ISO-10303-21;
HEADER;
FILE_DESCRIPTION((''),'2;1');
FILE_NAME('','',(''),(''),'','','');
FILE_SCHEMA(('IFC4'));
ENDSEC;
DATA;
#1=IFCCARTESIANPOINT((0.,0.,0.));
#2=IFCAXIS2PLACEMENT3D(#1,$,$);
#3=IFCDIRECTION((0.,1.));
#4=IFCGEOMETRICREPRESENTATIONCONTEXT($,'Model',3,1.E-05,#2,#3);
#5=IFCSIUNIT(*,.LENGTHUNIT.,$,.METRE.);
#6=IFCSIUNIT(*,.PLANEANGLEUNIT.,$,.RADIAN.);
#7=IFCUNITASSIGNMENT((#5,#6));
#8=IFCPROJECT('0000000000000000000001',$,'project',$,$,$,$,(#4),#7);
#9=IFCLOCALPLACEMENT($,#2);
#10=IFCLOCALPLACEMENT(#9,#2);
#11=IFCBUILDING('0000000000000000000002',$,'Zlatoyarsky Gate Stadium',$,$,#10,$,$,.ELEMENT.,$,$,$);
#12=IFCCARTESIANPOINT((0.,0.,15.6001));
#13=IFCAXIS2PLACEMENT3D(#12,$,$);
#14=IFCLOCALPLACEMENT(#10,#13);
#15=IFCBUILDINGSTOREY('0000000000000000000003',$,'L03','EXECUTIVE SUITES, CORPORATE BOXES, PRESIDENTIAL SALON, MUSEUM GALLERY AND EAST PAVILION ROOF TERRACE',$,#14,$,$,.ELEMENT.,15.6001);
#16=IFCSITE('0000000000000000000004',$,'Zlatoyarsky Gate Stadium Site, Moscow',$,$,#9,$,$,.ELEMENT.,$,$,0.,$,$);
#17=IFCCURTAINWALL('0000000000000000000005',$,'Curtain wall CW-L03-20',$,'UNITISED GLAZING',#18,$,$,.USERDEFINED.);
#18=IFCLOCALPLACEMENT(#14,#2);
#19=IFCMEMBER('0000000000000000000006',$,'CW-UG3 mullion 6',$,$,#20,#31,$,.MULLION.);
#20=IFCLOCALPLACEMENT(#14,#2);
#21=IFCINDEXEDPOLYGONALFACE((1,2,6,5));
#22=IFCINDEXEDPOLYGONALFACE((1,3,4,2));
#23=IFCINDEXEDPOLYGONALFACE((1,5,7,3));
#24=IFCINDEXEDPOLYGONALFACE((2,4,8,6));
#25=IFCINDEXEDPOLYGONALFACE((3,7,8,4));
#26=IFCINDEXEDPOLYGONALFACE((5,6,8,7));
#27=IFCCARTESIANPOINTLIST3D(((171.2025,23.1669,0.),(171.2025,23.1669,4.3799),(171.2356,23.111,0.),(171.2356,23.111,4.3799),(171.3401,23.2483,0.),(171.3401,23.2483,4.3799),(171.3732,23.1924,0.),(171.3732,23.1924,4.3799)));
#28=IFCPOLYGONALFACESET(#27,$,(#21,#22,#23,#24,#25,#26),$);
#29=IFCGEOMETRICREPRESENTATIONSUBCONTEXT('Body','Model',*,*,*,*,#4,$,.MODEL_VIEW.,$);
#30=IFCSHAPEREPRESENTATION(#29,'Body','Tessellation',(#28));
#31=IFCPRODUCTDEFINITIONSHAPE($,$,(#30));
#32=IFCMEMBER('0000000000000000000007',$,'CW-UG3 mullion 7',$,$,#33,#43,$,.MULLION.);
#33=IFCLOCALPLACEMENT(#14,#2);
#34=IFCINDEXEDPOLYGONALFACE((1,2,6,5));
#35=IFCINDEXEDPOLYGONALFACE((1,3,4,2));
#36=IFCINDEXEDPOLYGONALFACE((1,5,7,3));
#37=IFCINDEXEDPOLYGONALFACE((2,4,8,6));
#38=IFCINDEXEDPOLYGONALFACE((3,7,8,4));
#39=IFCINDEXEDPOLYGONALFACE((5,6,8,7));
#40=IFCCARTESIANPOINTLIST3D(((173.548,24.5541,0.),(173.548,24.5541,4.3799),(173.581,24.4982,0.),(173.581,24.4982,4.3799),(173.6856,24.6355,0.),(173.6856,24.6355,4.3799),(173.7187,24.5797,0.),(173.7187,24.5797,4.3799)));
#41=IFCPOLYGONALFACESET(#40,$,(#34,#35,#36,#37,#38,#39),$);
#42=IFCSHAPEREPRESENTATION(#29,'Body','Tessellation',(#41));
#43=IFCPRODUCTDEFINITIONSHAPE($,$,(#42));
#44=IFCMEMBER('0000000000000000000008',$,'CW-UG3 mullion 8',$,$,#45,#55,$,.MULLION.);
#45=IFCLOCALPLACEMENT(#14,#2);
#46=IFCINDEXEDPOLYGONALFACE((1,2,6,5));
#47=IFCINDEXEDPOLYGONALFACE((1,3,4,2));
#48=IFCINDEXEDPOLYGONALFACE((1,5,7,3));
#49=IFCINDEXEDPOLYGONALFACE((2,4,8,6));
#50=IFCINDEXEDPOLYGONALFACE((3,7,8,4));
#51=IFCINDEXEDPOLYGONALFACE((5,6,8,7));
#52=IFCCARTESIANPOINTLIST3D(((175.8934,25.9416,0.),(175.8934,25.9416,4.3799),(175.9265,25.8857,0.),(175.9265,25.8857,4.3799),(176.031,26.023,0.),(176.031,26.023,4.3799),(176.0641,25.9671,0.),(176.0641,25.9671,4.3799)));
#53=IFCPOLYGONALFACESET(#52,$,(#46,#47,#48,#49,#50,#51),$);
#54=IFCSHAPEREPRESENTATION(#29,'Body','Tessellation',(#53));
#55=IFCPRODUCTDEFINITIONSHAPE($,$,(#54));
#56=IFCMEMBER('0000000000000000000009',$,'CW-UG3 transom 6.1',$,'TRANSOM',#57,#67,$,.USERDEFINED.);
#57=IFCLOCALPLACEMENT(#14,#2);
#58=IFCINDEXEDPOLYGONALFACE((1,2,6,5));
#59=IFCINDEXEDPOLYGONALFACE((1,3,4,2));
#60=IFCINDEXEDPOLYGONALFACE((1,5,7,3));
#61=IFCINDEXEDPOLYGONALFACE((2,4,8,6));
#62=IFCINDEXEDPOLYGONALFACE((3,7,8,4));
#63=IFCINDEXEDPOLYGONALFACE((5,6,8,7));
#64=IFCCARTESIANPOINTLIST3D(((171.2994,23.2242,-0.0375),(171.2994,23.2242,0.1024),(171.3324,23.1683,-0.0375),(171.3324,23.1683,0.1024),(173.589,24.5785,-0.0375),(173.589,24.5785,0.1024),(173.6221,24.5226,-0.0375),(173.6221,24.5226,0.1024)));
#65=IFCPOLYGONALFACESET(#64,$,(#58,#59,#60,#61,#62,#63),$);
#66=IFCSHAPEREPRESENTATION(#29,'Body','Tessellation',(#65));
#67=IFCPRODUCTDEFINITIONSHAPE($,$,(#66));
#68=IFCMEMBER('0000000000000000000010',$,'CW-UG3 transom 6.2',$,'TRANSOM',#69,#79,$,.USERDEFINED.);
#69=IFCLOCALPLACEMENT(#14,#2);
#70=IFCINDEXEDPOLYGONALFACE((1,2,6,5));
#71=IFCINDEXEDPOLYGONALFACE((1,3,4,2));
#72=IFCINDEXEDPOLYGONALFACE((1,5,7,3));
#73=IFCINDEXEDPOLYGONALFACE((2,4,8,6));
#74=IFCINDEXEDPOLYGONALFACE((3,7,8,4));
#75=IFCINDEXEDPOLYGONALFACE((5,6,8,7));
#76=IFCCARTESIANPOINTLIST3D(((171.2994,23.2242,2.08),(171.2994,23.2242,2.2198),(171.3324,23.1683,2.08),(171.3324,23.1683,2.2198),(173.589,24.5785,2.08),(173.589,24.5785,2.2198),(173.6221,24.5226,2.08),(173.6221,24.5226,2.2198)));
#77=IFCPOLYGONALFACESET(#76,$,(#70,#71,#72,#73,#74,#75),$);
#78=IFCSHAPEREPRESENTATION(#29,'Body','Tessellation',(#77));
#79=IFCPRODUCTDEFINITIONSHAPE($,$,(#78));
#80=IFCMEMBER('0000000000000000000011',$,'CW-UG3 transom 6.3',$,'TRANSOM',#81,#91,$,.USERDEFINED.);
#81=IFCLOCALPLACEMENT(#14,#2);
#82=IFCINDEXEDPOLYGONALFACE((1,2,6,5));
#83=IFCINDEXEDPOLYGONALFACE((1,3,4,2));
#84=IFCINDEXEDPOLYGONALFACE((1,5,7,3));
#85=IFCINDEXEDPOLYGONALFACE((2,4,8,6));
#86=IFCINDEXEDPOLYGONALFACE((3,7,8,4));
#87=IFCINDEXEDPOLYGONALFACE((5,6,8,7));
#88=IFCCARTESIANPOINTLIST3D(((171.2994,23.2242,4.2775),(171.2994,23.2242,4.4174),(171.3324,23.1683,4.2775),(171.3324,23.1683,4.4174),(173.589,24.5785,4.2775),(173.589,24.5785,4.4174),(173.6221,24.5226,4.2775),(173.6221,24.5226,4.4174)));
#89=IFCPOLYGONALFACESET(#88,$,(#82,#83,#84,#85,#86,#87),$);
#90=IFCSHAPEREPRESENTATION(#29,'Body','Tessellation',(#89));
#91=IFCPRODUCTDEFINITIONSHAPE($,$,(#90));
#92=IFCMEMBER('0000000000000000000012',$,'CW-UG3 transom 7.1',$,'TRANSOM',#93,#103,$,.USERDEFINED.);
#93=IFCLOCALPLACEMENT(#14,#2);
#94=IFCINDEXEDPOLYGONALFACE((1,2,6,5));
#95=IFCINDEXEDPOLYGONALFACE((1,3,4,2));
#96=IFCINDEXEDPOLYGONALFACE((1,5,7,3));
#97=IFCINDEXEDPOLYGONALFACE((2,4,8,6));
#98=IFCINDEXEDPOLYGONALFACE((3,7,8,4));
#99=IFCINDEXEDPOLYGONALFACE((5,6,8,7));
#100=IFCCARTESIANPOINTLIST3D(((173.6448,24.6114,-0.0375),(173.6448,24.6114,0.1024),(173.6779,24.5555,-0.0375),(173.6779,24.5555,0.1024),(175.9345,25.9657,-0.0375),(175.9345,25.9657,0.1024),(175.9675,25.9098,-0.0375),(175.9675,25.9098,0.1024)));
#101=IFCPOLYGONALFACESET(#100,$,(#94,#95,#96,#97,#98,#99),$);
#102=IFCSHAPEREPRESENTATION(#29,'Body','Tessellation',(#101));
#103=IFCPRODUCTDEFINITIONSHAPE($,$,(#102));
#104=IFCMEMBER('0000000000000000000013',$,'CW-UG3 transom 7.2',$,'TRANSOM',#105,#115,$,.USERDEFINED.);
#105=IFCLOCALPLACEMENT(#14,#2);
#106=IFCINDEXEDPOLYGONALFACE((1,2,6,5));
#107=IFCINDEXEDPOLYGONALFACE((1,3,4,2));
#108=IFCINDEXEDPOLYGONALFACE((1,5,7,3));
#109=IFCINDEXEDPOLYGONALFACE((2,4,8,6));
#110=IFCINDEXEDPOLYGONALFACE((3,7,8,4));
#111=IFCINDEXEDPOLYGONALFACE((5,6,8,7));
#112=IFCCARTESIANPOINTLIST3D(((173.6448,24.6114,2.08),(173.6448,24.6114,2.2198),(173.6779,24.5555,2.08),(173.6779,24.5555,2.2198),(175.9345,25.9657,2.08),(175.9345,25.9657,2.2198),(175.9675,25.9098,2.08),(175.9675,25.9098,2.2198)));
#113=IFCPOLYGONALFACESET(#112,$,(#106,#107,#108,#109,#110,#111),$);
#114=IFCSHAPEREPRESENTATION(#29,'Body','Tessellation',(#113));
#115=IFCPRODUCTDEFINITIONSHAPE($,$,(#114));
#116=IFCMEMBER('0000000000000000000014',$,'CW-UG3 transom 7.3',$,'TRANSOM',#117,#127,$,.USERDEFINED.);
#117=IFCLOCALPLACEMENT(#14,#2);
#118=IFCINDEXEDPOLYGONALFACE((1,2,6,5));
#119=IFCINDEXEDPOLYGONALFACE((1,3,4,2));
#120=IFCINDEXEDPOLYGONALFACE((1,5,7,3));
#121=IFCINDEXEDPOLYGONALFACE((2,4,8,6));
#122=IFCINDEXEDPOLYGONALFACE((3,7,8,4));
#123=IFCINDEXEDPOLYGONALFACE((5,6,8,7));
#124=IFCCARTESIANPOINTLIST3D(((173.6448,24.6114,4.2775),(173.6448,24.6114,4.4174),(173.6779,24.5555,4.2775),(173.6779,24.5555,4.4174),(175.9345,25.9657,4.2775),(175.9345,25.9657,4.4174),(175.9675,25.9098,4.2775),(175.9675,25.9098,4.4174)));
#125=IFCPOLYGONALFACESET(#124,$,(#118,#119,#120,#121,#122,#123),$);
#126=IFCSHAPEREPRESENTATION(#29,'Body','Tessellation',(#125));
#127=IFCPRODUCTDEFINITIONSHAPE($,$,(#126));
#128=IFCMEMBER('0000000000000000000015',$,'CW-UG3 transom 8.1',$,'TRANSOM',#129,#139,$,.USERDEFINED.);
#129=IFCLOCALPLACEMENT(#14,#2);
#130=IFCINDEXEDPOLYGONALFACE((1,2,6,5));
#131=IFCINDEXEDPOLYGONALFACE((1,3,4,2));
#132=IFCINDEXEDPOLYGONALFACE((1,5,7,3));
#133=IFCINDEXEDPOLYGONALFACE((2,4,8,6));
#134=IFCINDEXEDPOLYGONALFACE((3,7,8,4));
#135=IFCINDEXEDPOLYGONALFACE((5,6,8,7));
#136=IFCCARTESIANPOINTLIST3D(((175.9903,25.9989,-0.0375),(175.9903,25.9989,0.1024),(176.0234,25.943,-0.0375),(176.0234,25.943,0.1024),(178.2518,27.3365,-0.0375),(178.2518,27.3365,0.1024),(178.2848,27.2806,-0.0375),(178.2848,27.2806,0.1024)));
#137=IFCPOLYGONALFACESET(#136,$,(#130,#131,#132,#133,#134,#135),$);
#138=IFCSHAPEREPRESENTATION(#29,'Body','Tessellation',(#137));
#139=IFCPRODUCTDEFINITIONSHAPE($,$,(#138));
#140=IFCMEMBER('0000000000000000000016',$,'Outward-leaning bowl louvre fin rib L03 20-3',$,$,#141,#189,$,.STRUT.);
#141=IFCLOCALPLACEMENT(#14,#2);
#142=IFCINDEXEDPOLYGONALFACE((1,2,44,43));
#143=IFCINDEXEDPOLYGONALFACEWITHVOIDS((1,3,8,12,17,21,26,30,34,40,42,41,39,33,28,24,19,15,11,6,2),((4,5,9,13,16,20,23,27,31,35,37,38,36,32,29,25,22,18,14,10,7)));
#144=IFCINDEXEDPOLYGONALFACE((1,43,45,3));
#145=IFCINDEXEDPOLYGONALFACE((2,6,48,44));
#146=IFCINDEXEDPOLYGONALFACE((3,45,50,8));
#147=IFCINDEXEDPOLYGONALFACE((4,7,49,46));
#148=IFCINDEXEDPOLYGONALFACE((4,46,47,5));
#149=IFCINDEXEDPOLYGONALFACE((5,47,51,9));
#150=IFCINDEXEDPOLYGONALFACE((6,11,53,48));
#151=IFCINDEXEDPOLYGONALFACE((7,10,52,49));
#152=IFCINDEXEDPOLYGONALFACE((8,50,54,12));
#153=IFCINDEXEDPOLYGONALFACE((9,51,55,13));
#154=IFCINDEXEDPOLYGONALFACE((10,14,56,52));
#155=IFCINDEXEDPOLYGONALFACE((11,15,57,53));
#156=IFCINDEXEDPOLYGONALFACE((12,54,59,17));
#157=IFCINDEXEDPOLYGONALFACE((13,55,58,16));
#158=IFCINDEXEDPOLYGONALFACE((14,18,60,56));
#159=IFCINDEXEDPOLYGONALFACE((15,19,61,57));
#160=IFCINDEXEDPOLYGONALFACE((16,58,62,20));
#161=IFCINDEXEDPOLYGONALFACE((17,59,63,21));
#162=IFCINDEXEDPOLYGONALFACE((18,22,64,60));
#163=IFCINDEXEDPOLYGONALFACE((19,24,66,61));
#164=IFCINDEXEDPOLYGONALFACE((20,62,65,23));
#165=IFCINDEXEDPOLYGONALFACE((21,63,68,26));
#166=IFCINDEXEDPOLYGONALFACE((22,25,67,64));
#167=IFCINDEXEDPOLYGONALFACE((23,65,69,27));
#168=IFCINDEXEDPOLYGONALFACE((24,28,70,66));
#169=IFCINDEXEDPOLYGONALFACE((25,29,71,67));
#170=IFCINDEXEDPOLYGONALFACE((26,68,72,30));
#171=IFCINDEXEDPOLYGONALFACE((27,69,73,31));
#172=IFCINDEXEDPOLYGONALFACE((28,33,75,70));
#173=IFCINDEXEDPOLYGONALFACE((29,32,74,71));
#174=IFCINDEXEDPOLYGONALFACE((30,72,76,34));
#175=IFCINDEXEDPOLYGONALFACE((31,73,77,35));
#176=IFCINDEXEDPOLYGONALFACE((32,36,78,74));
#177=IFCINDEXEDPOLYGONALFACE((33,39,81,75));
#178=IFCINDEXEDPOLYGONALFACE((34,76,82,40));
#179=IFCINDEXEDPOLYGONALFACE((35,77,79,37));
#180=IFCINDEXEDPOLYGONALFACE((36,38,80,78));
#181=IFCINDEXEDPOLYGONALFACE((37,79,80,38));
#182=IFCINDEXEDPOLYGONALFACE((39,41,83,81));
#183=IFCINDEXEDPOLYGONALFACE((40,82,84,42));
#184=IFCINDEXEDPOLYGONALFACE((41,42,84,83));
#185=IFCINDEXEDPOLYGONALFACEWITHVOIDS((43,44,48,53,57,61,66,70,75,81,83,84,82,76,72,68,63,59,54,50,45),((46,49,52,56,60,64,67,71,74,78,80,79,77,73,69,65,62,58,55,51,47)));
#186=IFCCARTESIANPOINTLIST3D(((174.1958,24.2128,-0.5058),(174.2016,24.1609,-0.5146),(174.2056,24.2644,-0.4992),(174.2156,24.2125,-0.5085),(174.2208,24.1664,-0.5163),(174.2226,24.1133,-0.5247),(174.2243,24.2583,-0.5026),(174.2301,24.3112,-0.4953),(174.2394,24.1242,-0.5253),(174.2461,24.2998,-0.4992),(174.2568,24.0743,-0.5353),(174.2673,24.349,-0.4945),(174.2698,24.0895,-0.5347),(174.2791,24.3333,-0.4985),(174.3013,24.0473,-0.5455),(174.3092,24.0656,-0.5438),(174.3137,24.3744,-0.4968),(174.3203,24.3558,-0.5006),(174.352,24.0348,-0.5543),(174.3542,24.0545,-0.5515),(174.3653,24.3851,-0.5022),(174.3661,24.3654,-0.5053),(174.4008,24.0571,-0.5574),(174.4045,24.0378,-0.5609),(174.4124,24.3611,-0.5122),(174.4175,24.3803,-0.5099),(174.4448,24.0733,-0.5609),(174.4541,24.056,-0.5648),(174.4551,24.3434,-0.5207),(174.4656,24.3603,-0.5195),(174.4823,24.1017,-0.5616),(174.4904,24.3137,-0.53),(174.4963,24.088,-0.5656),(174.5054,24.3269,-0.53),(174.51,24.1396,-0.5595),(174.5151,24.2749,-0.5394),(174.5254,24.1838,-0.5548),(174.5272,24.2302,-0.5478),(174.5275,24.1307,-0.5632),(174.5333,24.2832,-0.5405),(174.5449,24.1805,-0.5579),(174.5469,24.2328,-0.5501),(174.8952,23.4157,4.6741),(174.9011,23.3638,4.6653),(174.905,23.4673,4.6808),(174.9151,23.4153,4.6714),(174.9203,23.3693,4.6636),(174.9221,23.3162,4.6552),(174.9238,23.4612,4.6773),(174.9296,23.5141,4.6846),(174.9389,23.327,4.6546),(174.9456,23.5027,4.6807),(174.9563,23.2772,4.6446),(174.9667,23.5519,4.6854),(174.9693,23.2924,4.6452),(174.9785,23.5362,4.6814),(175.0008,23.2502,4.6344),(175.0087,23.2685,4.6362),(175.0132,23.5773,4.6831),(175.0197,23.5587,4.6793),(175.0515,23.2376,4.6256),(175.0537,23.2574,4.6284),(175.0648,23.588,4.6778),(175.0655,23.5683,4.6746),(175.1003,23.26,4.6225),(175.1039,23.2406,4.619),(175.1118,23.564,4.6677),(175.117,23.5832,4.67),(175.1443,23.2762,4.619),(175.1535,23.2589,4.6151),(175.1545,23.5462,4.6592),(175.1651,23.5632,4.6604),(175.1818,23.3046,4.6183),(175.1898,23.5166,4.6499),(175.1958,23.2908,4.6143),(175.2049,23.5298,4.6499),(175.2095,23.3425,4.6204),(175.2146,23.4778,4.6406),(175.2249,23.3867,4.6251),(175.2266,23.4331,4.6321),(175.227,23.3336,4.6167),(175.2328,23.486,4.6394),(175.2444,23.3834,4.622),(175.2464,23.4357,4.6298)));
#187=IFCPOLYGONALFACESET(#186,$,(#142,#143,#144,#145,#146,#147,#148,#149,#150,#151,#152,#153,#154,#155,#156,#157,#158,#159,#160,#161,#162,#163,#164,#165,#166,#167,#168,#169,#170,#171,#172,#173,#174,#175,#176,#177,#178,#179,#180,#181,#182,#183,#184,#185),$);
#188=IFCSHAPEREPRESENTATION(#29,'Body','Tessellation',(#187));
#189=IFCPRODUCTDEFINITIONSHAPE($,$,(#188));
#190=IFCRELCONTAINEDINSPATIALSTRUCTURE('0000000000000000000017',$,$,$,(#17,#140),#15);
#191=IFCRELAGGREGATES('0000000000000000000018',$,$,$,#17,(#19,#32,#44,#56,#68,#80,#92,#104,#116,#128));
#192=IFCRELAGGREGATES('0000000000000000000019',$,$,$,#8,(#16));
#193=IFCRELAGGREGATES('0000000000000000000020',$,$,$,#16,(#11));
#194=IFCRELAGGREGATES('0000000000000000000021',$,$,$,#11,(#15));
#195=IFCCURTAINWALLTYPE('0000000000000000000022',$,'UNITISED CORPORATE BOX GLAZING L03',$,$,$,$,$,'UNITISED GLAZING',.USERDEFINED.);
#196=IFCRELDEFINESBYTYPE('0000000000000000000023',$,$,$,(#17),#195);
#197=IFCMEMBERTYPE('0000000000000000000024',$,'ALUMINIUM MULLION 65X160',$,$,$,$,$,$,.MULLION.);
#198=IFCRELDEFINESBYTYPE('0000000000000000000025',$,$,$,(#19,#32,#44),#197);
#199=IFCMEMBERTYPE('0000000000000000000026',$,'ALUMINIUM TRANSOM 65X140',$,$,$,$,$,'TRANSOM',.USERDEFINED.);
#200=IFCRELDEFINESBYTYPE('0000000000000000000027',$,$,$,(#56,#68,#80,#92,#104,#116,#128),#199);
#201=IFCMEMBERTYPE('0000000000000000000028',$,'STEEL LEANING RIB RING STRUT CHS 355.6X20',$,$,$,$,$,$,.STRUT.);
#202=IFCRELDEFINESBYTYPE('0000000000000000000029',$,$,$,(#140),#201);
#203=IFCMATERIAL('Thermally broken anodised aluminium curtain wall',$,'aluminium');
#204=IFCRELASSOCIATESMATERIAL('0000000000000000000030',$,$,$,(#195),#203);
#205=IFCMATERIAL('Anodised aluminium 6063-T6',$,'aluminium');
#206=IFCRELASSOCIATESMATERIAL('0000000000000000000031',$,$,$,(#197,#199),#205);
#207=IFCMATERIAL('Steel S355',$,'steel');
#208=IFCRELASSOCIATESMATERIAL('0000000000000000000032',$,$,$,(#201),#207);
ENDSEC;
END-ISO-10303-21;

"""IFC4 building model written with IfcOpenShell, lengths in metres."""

from ifc_helpers import new_model, si_unit, direction, frame, origin, origin_2d, place, context, subcontext, project, spatial, rectangle, hollow_circle, extrude, material, material_profile, profile_set, type_object, element, aggregate, save


model = new_model("IFC4")

# Units and contexts
model_context = context("Model", 3, precision=1e-05, world=origin(), true_north=direction((0.0, 1.0)))
body_context = subcontext(model_context, "Body", "Model", "MODEL_VIEW")
ifc_project = project(units=[si_unit("LENGTHUNIT", "METRE"), si_unit("PLANEANGLEUNIT", "RADIAN")], contexts=[model_context])

# Site, building, storey
site_placement = place(None, origin())
site = spatial("IfcSite", under=ifc_project, at=site_placement, Name="Zlatoyarsky Gate Stadium Site, Moscow", CompositionType="ELEMENT", RefElevation=0.0)
building_placement = place(site_placement, origin())
building = spatial("IfcBuilding", under=site, at=building_placement, Name="Zlatoyarsky Gate Stadium", CompositionType="ELEMENT")
storey_placement = place(building_placement, frame((0.0, 0.0, 15.6001)))
storey = spatial("IfcBuildingStorey", under=building, at=storey_placement, Name="L03", Description="EXECUTIVE SUITES, CORPORATE BOXES, PRESIDENTIAL SALON, MUSEUM GALLERY AND EAST PAVILION ROOF TERRACE", CompositionType="ELEMENT", Elevation=15.6001)

# Curtain wall, members
ifc_material_1 = material(Name="Thermally broken anodised aluminium curtain wall", Category="aluminium")
curtain_wall_type = type_object("IfcCurtainWallType", Name="UNITISED CORPORATE BOX GLAZING L03", ElementType="UNITISED GLAZING", PredefinedType="USERDEFINED", material=ifc_material_1)
curtain_wall_placement = place(storey_placement, origin())
curtain_wall = element("IfcCurtainWall", 1, at=curtain_wall_placement, inside=storey, type_object=curtain_wall_type, Name="Curtain wall CW-L03-20", ObjectType="UNITISED GLAZING", PredefinedType="USERDEFINED")
ifc_material_2 = material(Name="Anodised aluminium 6063-T6", Category="aluminium")
ifc_material_profile_1 = material_profile(ifc_material_2, rectangle(XDim=0.0649, YDim=0.1599, at=origin_2d()), Name="ALU 65X160")
ifc_profile_set_1 = profile_set([ifc_material_profile_1], Name="Anodised aluminium 6063-T6")
member_type_1 = type_object("IfcMemberType", Name="ALUMINIUM MULLION 65X160", PredefinedType="MULLION", material=ifc_profile_set_1)
member_1_placement = place(storey_placement, frame((171.2878, 23.1797, 0.0), z_axis=(0.0, 0.0, 1.0), x_axis=(-0.509098, 0.860708, 0.0)))
member_1 = element("IfcMember", 2, at=member_1_placement, type_object=member_type_1, Name="CW-UG3 mullion 6", PredefinedType="MULLION", context=body_context, shape_type="SweptSolid", body=[
    extrude(rectangle(XDim=0.0649, YDim=0.1599, at=origin_2d()), origin(), (0.0, 0.0, 1.0), 4.3799),
])
member_2_placement = place(storey_placement, frame((173.6333, 24.5669, 0.0), z_axis=(0.0, 0.0, 1.0), x_axis=(-0.509098, 0.860708, 0.0)))
member_2 = element("IfcMember", 3, at=member_2_placement, type_object=member_type_1, Name="CW-UG3 mullion 7", PredefinedType="MULLION", context=body_context, shape_type="SweptSolid", body=[
    extrude(rectangle(XDim=0.0649, YDim=0.1599, at=origin_2d()), origin(), (0.0, 0.0, 1.0), 4.3799),
])
member_3_placement = place(storey_placement, frame((175.9788, 25.9543, 0.0), z_axis=(0.0, 0.0, 1.0), x_axis=(-0.509098, 0.860708, 0.0)))
member_3 = element("IfcMember", 4, at=member_3_placement, type_object=member_type_1, Name="CW-UG3 mullion 8", PredefinedType="MULLION", context=body_context, shape_type="SweptSolid", body=[
    extrude(rectangle(XDim=0.0649, YDim=0.1599, at=origin_2d()), origin(), (0.0, 0.0, 1.0), 4.3799),
])
ifc_material_profile_2 = material_profile(ifc_material_2, rectangle(XDim=0.0649, YDim=0.1399, at=origin_2d()), Name="ALU 65X140")
ifc_profile_set_2 = profile_set([ifc_material_profile_2], Name="Anodised aluminium 6063-T6")
member_type_2 = type_object("IfcMemberType", Name="ALUMINIUM TRANSOM 65X140", ElementType="TRANSOM", PredefinedType="USERDEFINED", material=ifc_profile_set_2)
member_4_placement = place(storey_placement, frame((171.3159, 23.1963, 0.0325), z_axis=(0.860707, 0.5091, 0.0), x_axis=(-0.5091, 0.860707, 0.0)))
member_4 = element("IfcMember", 5, at=member_4_placement, type_object=member_type_2, Name="CW-UG3 transom 6.1", ObjectType="TRANSOM", PredefinedType="USERDEFINED", context=body_context, shape_type="SweptSolid", body=[
    extrude(rectangle(XDim=0.0649, YDim=0.1399, at=origin_2d()), origin(), (0.0, 0.0, 1.0), 2.6602),
])
member_5_placement = place(storey_placement, frame((171.3159, 23.1963, 2.1499), z_axis=(0.860707, 0.5091, 0.0), x_axis=(-0.5091, 0.860707, 0.0)))
member_5 = element("IfcMember", 6, at=member_5_placement, type_object=member_type_2, Name="CW-UG3 transom 6.2", ObjectType="TRANSOM", PredefinedType="USERDEFINED", context=body_context, shape_type="SweptSolid", body=[
    extrude(rectangle(XDim=0.0649, YDim=0.1399, at=origin_2d()), origin(), (0.0, 0.0, 1.0), 2.6602),
])
member_6_placement = place(storey_placement, frame((171.3159, 23.1963, 4.3474), z_axis=(0.860707, 0.5091, 0.0), x_axis=(-0.5091, 0.860707, 0.0)))
member_6 = element("IfcMember", 7, at=member_6_placement, type_object=member_type_2, Name="CW-UG3 transom 6.3", ObjectType="TRANSOM", PredefinedType="USERDEFINED", context=body_context, shape_type="SweptSolid", body=[
    extrude(rectangle(XDim=0.0649, YDim=0.1399, at=origin_2d()), origin(), (0.0, 0.0, 1.0), 2.6602),
])
member_7_placement = place(storey_placement, frame((173.6614, 24.5835, 0.0325), z_axis=(0.860707, 0.5091, 0.0), x_axis=(-0.5091, 0.860707, 0.0)))
member_7 = element("IfcMember", 8, at=member_7_placement, type_object=member_type_2, Name="CW-UG3 transom 7.1", ObjectType="TRANSOM", PredefinedType="USERDEFINED", context=body_context, shape_type="SweptSolid", body=[
    extrude(rectangle(XDim=0.0649, YDim=0.1399, at=origin_2d()), origin(), (0.0, 0.0, 1.0), 2.6602),
])
member_8_placement = place(storey_placement, frame((173.6614, 24.5835, 2.1499), z_axis=(0.860707, 0.5091, 0.0), x_axis=(-0.5091, 0.860707, 0.0)))
member_8 = element("IfcMember", 9, at=member_8_placement, type_object=member_type_2, Name="CW-UG3 transom 7.2", ObjectType="TRANSOM", PredefinedType="USERDEFINED", context=body_context, shape_type="SweptSolid", body=[
    extrude(rectangle(XDim=0.0649, YDim=0.1399, at=origin_2d()), origin(), (0.0, 0.0, 1.0), 2.6602),
])
member_9_placement = place(storey_placement, frame((173.6614, 24.5835, 4.3474), z_axis=(0.860707, 0.5091, 0.0), x_axis=(-0.5091, 0.860707, 0.0)))
member_9 = element("IfcMember", 10, at=member_9_placement, type_object=member_type_2, Name="CW-UG3 transom 7.3", ObjectType="TRANSOM", PredefinedType="USERDEFINED", context=body_context, shape_type="SweptSolid", body=[
    extrude(rectangle(XDim=0.0649, YDim=0.1399, at=origin_2d()), origin(), (0.0, 0.0, 1.0), 2.6602),
])
member_10_placement = place(storey_placement, frame((176.0068, 25.9709, 0.0325), z_axis=(0.860706, 0.509102, 0.0), x_axis=(-0.509102, 0.860706, 0.0)))
member_10 = element("IfcMember", 11, at=member_10_placement, type_object=member_type_2, Name="CW-UG3 transom 8.1", ObjectType="TRANSOM", PredefinedType="USERDEFINED", context=body_context, shape_type="SweptSolid", body=[
    extrude(rectangle(XDim=0.0649, YDim=0.1399, at=origin_2d()), origin(), (0.0, 0.0, 1.0), 2.6274),
])

# Member
ifc_material_3 = material(Name="Steel S355", Category="steel")
ifc_material_profile_3 = material_profile(ifc_material_3, hollow_circle(Radius=0.1777, WallThickness=0.02, at=origin_2d()), Name="CHS 355.6X20")
ifc_profile_set_3 = profile_set([ifc_material_profile_3], Name="Steel S355")
member_type_3 = type_object("IfcMemberType", Name="STEEL LEANING RIB RING STRUT CHS 355.6X20", PredefinedType="STRUT", material=ifc_profile_set_3)
member_11_placement = place(storey_placement, frame((174.3718, 24.2097, -0.53), z_axis=(0.132289, -0.150759, 0.979679), x_axis=(0.751649, 0.659563, 0.0)))
element("IfcMember", 12, at=member_11_placement, inside=storey, type_object=member_type_3, Name="Outward-leaning bowl louvre fin rib L03 20-3", PredefinedType="STRUT", context=body_context, shape_type="SweptSolid", body=[
    extrude(hollow_circle(Radius=0.1777, WallThickness=0.02, at=origin_2d()), origin(), (0.0, 0.0, 1.0), 5.2874),
])

aggregate(curtain_wall, [member_1, member_2, member_3, member_4, member_5, member_6, member_7, member_8, member_9, member_10])

save(model, "model.ifc")
